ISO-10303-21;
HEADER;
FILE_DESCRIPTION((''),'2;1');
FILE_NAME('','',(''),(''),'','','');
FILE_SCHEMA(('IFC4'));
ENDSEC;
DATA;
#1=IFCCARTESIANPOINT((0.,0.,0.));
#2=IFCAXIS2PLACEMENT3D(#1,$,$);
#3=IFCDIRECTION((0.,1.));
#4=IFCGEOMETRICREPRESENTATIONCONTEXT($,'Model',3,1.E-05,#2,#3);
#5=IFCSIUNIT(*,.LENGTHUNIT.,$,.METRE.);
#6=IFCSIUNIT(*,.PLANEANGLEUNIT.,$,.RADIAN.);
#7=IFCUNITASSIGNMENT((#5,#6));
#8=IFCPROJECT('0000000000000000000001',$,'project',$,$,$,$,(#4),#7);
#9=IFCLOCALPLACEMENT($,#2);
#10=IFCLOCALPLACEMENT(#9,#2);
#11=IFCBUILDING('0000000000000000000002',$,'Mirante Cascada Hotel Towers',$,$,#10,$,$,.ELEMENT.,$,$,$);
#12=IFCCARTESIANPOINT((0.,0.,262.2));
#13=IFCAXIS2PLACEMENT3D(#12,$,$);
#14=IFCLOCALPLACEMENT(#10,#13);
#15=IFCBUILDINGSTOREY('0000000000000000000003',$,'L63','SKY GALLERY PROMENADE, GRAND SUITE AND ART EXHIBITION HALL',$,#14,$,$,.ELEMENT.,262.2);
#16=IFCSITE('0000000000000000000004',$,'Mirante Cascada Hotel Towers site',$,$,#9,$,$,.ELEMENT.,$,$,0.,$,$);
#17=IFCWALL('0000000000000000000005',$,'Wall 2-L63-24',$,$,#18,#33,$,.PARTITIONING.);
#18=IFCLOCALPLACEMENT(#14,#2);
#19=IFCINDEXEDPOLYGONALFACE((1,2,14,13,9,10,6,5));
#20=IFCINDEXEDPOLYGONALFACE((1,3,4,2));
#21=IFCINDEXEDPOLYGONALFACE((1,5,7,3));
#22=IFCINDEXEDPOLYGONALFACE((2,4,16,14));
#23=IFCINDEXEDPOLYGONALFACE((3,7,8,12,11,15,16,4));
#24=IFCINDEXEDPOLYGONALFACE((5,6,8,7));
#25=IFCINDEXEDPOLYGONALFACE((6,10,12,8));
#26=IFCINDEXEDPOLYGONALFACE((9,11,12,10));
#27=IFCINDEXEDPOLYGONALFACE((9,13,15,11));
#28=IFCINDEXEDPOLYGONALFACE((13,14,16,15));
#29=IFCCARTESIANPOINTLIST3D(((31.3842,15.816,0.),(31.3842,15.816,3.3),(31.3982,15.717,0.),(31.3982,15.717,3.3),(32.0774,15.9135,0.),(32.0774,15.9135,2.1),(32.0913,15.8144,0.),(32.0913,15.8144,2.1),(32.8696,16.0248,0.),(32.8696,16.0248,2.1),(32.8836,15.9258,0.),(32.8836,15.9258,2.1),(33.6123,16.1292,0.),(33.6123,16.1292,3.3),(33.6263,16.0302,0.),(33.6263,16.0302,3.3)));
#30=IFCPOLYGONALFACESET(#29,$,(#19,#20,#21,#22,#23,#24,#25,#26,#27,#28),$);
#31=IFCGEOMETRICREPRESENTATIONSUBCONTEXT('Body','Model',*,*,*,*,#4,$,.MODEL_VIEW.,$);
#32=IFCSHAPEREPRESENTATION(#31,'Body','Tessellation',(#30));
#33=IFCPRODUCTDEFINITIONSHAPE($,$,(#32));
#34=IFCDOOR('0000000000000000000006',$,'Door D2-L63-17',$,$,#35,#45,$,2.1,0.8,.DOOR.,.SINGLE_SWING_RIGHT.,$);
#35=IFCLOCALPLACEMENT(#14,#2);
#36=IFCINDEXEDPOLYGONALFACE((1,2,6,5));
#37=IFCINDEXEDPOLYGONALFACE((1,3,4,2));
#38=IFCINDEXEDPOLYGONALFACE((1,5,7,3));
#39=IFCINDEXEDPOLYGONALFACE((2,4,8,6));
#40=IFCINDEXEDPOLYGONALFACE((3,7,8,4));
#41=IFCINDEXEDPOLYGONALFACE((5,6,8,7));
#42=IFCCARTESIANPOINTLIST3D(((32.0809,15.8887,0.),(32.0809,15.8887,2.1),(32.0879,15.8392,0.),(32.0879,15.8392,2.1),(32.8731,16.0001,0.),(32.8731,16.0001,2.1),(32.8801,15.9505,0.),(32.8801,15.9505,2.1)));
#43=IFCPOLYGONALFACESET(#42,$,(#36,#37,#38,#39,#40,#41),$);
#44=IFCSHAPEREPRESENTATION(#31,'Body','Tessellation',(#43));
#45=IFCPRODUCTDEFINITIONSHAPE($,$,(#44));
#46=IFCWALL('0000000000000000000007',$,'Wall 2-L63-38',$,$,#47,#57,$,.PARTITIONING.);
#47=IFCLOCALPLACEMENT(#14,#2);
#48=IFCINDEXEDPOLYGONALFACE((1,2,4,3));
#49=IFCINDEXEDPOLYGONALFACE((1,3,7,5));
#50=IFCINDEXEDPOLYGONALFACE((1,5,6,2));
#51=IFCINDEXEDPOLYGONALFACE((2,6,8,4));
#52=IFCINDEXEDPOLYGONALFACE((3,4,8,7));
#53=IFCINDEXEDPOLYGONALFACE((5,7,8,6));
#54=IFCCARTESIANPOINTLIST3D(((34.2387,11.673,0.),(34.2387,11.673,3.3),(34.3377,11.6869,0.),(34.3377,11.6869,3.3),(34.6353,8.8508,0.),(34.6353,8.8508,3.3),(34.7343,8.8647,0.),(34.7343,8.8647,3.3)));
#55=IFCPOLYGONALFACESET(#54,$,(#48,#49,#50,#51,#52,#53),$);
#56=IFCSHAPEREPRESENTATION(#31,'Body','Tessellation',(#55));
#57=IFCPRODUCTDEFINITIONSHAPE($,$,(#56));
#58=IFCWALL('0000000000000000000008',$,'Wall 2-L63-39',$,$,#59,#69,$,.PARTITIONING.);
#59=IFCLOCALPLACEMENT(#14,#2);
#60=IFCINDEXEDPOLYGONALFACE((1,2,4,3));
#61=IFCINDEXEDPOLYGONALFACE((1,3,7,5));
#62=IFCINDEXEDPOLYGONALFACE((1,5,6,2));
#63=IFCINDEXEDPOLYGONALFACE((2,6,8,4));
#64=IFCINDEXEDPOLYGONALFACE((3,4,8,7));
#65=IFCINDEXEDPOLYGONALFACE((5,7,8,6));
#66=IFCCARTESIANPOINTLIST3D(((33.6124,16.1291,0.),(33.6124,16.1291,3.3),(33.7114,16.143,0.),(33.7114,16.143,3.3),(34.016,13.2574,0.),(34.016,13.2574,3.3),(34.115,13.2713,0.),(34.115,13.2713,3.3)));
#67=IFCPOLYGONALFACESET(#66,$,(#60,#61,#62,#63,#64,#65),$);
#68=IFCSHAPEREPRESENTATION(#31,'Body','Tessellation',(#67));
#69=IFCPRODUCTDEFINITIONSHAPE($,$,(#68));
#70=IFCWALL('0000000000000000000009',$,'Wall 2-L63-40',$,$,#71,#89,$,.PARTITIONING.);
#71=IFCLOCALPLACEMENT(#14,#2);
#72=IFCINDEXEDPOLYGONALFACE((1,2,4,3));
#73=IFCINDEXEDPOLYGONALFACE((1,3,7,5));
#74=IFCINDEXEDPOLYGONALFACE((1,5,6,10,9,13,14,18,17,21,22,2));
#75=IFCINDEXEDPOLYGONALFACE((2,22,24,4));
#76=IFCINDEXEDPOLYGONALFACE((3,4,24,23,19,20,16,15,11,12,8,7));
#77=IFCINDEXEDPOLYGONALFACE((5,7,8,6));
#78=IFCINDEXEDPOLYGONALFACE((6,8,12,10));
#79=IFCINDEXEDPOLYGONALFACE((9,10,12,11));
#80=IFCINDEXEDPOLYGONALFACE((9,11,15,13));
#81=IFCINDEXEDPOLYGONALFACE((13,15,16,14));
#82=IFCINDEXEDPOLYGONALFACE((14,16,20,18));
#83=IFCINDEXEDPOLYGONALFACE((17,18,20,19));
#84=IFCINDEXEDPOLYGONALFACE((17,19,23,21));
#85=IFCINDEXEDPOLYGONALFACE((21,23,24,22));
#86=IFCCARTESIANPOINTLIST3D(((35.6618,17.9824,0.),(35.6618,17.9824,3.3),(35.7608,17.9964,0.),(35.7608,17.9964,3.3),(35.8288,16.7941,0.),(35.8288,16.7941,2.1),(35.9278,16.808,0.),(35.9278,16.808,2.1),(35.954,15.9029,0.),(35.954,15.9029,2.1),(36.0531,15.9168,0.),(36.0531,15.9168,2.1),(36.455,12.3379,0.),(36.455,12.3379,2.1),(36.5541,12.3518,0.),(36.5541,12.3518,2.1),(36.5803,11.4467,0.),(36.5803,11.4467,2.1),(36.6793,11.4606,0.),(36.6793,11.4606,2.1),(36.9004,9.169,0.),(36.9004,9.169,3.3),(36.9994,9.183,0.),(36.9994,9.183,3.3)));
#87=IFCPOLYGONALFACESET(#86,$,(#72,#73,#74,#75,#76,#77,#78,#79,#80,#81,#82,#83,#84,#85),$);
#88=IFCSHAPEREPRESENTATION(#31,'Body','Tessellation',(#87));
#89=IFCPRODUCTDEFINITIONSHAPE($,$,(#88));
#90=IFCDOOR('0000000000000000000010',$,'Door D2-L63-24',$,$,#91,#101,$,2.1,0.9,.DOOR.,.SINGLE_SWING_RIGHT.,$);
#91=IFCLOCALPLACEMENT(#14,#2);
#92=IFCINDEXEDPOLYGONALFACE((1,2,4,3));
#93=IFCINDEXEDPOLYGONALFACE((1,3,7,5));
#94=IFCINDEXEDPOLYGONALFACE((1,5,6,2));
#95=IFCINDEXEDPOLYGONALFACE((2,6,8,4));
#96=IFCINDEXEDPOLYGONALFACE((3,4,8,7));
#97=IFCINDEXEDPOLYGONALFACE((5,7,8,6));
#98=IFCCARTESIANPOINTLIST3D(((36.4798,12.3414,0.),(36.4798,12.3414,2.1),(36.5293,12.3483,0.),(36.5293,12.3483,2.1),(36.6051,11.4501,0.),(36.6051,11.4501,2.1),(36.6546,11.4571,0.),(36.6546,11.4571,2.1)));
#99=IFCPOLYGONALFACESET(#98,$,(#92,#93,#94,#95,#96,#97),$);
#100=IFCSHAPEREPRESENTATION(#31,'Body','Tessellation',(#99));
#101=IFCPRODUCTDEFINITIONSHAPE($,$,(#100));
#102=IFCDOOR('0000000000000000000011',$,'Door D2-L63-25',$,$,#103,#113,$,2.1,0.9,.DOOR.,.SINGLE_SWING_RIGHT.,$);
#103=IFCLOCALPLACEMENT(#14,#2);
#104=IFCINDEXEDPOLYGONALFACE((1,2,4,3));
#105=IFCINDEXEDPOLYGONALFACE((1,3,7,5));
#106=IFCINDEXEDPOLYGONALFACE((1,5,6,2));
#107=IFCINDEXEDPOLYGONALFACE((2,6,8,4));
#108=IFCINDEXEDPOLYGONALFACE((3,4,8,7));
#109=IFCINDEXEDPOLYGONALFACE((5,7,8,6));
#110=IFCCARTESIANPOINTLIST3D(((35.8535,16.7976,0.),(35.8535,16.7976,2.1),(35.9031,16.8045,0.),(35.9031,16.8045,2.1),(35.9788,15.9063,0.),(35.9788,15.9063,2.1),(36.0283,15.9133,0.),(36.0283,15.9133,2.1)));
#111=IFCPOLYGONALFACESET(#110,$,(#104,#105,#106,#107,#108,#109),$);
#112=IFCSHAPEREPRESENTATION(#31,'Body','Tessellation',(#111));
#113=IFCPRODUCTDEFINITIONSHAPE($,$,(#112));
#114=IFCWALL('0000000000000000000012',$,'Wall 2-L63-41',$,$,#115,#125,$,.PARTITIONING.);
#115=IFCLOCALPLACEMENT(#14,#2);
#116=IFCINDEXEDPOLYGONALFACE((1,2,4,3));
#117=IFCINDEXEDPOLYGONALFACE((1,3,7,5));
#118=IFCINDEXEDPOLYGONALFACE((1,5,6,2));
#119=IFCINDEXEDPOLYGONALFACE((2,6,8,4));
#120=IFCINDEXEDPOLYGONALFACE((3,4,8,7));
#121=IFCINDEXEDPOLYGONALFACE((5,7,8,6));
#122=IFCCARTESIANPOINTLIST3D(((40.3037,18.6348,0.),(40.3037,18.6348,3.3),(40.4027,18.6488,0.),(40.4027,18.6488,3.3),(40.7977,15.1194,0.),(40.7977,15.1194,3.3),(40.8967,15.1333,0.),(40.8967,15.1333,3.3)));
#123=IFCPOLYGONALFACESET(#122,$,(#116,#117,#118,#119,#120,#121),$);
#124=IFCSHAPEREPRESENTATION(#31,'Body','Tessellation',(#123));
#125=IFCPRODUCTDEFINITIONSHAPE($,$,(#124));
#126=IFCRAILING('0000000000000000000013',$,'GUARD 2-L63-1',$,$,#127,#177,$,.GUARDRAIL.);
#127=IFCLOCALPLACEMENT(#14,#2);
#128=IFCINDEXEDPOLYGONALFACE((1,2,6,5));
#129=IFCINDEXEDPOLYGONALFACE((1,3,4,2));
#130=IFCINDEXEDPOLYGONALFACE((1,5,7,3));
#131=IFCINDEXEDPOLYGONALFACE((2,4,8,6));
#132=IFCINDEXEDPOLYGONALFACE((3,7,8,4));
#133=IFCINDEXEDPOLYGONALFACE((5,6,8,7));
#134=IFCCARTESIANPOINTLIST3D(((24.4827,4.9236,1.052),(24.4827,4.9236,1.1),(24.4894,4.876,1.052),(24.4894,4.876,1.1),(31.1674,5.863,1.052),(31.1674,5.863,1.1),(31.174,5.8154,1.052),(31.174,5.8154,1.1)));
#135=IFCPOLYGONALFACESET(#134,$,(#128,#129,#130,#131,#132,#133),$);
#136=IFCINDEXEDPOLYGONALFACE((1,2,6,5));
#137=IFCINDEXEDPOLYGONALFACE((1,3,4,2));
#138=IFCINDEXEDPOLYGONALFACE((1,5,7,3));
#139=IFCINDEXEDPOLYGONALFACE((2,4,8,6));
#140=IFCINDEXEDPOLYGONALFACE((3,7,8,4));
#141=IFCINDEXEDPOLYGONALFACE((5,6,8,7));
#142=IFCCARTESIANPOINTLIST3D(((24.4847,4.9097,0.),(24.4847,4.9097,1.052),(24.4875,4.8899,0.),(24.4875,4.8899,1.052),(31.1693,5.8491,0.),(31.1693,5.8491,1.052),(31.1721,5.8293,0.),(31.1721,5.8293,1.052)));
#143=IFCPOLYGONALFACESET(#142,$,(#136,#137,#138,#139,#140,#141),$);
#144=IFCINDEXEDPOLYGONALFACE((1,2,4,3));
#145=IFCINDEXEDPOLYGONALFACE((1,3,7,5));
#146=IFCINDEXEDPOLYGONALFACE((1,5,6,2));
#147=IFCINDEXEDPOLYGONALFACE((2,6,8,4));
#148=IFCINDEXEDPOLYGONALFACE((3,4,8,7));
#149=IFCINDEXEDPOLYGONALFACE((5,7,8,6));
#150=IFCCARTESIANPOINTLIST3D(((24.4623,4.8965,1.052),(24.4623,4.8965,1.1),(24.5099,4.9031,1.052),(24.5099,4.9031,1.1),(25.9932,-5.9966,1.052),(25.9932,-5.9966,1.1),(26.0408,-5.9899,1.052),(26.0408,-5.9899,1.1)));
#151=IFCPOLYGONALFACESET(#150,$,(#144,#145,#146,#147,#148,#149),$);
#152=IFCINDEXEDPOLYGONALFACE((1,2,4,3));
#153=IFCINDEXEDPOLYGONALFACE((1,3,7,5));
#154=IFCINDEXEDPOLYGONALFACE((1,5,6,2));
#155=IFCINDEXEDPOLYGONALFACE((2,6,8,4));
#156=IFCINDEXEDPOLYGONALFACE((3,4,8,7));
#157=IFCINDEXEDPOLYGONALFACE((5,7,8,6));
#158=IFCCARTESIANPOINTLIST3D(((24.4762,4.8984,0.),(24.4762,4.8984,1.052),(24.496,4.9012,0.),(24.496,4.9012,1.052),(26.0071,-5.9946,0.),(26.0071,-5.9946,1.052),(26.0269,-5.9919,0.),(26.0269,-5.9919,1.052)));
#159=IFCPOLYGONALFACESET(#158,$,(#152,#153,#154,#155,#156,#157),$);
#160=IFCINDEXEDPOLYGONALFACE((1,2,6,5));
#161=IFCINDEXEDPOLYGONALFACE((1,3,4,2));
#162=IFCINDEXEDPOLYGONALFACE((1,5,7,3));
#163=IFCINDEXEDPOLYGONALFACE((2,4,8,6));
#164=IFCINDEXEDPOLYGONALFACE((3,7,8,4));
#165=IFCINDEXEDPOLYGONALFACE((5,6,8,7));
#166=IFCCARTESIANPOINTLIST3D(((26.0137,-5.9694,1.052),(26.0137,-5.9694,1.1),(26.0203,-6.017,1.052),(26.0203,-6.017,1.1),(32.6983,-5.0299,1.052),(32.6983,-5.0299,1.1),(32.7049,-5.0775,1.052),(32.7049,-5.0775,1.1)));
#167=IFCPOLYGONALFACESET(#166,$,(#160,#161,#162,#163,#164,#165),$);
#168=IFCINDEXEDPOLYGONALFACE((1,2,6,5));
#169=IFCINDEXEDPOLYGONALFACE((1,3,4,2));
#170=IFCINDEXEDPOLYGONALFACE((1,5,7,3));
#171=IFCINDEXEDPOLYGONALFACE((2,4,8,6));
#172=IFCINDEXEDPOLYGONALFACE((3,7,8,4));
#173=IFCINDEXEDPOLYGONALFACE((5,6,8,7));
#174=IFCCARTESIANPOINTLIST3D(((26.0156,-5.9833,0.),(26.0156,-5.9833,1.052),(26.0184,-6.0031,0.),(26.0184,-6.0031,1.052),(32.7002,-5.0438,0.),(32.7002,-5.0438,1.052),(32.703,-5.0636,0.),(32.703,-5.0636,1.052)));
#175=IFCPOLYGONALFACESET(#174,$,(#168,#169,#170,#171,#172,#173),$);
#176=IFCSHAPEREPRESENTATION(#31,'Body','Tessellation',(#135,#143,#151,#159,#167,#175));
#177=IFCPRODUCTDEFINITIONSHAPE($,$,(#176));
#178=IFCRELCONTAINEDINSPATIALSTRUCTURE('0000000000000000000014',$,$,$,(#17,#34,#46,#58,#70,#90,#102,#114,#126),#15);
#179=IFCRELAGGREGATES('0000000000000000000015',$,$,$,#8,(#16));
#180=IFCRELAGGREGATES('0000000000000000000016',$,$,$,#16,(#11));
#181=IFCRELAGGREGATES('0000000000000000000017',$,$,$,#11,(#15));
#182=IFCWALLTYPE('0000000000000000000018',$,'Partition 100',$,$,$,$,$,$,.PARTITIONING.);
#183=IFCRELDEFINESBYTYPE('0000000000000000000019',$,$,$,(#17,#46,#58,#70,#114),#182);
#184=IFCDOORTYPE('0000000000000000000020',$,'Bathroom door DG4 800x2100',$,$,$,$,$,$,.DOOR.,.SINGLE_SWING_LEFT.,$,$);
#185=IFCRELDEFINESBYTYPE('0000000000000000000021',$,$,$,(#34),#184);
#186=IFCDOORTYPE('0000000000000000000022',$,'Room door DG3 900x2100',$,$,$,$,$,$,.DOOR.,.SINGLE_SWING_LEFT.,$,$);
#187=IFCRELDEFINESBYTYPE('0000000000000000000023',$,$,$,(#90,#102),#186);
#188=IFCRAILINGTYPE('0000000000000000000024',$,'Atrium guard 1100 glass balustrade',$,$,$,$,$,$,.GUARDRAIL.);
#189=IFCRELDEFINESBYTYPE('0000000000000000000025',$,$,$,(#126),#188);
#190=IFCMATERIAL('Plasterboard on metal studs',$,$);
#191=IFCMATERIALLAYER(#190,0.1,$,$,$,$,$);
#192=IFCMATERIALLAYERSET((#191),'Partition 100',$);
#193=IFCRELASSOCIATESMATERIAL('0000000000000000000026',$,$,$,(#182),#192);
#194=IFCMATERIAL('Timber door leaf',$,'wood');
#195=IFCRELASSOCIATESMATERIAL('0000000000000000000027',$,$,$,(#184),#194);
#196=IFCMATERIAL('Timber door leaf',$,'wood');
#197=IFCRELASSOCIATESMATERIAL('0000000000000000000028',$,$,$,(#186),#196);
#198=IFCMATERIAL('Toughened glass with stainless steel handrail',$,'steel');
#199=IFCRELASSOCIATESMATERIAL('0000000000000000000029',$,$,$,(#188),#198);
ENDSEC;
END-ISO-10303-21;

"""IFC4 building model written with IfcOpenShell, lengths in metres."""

from ifc_helpers import new_model, si_unit, direction, frame, frame_2d, origin, origin_2d, place, context, subcontext, project, spatial, rectangle, extrude, material, layer, layer_set, type_object, element, fill, save


model = new_model("IFC4")

# Units and contexts
model_context = context("Model", 3, precision=1e-05, world=origin(), true_north=direction((0.0, 1.0)))
body_context = subcontext(model_context, "Body", "Model", "MODEL_VIEW")
ifc_project = project(units=[si_unit("LENGTHUNIT", "METRE"), si_unit("PLANEANGLEUNIT", "RADIAN")], contexts=[model_context])

# Site, building, storey
site_placement = place(None, origin())
site = spatial("IfcSite", under=ifc_project, at=site_placement, Name="Mirante Cascada Hotel Towers site", CompositionType="ELEMENT", RefElevation=0.0)
building_placement = place(site_placement, origin())
building = spatial("IfcBuilding", under=site, at=building_placement, Name="Mirante Cascada Hotel Towers", CompositionType="ELEMENT")
storey_placement = place(building_placement, frame((0.0, 0.0, 262.2)))
storey = spatial("IfcBuildingStorey", under=building, at=storey_placement, Name="L63", Description="SKY GALLERY PROMENADE, GRAND SUITE AND ART EXHIBITION HALL", CompositionType="ELEMENT", Elevation=262.2)

# Shared definitions
ifc_material_1 = material(Name="Plasterboard on metal studs")
ifc_layer_1 = layer(ifc_material_1, 0.1)
ifc_layer_set_1 = layer_set([ifc_layer_1], Name="Partition 100")
wall_type_1 = type_object("IfcWallType", Name="Partition 100", PredefinedType="PARTITIONING", material=ifc_layer_set_1)
ifc_material_2 = material(Name="Timber door leaf", Category="wood")
door_type_1 = type_object("IfcDoorType", Name="Bathroom door DG4 800x2100", OperationType="SINGLE_SWING_LEFT", PredefinedType="DOOR", material=ifc_material_2)

# Wall, opening, door
wall_1_placement = place(storey_placement, frame((31.3912, 15.7665, 0.0), z_axis=(0.0, 0.0, 1.0), x_axis=(0.990264, 0.1392, 0.0)))
wall_1 = element("IfcWall", 1, at=wall_1_placement, inside=storey, type_object=wall_type_1, Name="Wall 2-L63-24", PredefinedType="PARTITIONING", context=body_context, shape_type="SweptSolid", body=[
    extrude(rectangle(XDim=2.25, YDim=0.1, at=frame_2d((1.125, 0.0))), origin(), (0.0, 0.0, 1.0), 3.3),
])
opening_1_placement = place(wall_1_placement, frame((0.7, 0.0, 0.0)))
opening_1 = element("IfcOpeningElement", 2, at=opening_1_placement, cuts=wall_1, PredefinedType="OPENING", context=body_context, shape_type="SweptSolid", body=[
    extrude(rectangle(XDim=0.8, YDim=2.1, at=frame_2d((0.4, 1.05))), frame((0.0, 0.05, 0.0), z_axis=(0.0, -1.0, 0.0), x_axis=(1.0, 0.0, 0.0)), (0.0, 0.0, 1.0), 0.1),
])
door_1_placement = place(opening_1_placement, frame((0.8, 0.0, 0.0), z_axis=(0.0, 0.0, 1.0), x_axis=(-1.0, 0.0, 0.0)))
door_1 = element("IfcDoor", 3, at=door_1_placement, inside=storey, type_object=door_type_1, Name="Door D2-L63-17", OperationType="SINGLE_SWING_RIGHT", OverallHeight=2.1, OverallWidth=0.8, PredefinedType="DOOR", context=body_context, shape_type="SweptSolid", body=[
    extrude(rectangle(XDim=0.8, YDim=2.1, at=frame_2d((0.4, 1.05))), frame((0.0, 0.025, 0.0), z_axis=(0.0, -1.0, 0.0), x_axis=(1.0, 0.0, 0.0)), (0.0, 0.0, 1.0), 0.05),
])
fill(opening_1, door_1)

# Walls
wall_2_placement = place(storey_placement, frame((34.6848, 8.8577, 0.0), z_axis=(0.0, 0.0, 1.0), x_axis=(-0.139161, 0.99027, 0.0)))
element("IfcWall", 4, at=wall_2_placement, inside=storey, type_object=wall_type_1, Name="Wall 2-L63-38", PredefinedType="PARTITIONING", context=body_context, shape_type="SweptSolid", body=[
    extrude(rectangle(XDim=2.8499, YDim=0.1, at=frame_2d((1.425, 0.0))), origin(), (0.0, 0.0, 1.0), 3.3),
])
wall_3_placement = place(storey_placement, frame((33.6619, 16.1361, 0.0), z_axis=(0.0, 0.0, 1.0), x_axis=(0.139176, -0.990268, 0.0)))
element("IfcWall", 5, at=wall_3_placement, inside=storey, type_object=wall_type_1, Name="Wall 2-L63-39", PredefinedType="PARTITIONING", context=body_context, shape_type="SweptSolid", body=[
    extrude(rectangle(XDim=2.8999, YDim=0.1, at=frame_2d((1.45, 0.0))), origin(), (0.0, 0.0, 1.0), 3.3),
])

# Wall, openings, doors
wall_4_placement = place(storey_placement, frame((36.9499, 9.176, 0.0), z_axis=(0.0, 0.0, 1.0), x_axis=(-0.139168, 0.990269, 0.0)))
wall_4 = element("IfcWall", 6, at=wall_4_placement, inside=storey, type_object=wall_type_1, Name="Wall 2-L63-40", PredefinedType="PARTITIONING", context=body_context, shape_type="SweptSolid", body=[
    extrude(rectangle(XDim=8.9, YDim=0.1, at=frame_2d((4.45, 0.0))), origin(), (0.0, 0.0, 1.0), 3.3),
])
opening_2_placement = place(wall_4_placement, frame((2.3, 0.0, 0.0)))
opening_2 = element("IfcOpeningElement", 7, at=opening_2_placement, cuts=wall_4, PredefinedType="OPENING", context=body_context, shape_type="SweptSolid", body=[
    extrude(rectangle(XDim=0.9, YDim=2.1, at=frame_2d((0.45, 1.05))), frame((0.0, 0.05, 0.0), z_axis=(0.0, -1.0, 0.0), x_axis=(1.0, 0.0, 0.0)), (0.0, 0.0, 1.0), 0.1),
])
opening_3_placement = place(wall_4_placement, frame((6.8, 0.0, 0.0)))
opening_3 = element("IfcOpeningElement", 8, at=opening_3_placement, cuts=wall_4, PredefinedType="OPENING", context=body_context, shape_type="SweptSolid", body=[
    extrude(rectangle(XDim=0.9, YDim=2.1, at=frame_2d((0.45, 1.05))), frame((0.0, 0.05, 0.0), z_axis=(0.0, -1.0, 0.0), x_axis=(1.0, 0.0, 0.0)), (0.0, 0.0, 1.0), 0.1),
])
ifc_material_3 = material(Name="Timber door leaf", Category="wood")
door_type_2 = type_object("IfcDoorType", Name="Room door DG3 900x2100", OperationType="SINGLE_SWING_LEFT", PredefinedType="DOOR", material=ifc_material_3)
door_2_placement = place(opening_2_placement, frame((0.9, 0.0, 0.0), z_axis=(0.0, 0.0, 1.0), x_axis=(-1.0, 0.0, 0.0)))
door_2 = element("IfcDoor", 9, at=door_2_placement, inside=storey, type_object=door_type_2, Name="Door D2-L63-24", OperationType="SINGLE_SWING_RIGHT", OverallHeight=2.1, OverallWidth=0.9, PredefinedType="DOOR", context=body_context, shape_type="SweptSolid", body=[
    extrude(rectangle(XDim=0.9, YDim=2.1, at=frame_2d((0.45, 1.05))), frame((0.0, 0.025, 0.0), z_axis=(0.0, -1.0, 0.0), x_axis=(1.0, 0.0, 0.0)), (0.0, 0.0, 1.0), 0.05),
])
fill(opening_2, door_2)
door_3_placement = place(opening_3_placement, frame((0.9, 0.0, 0.0), z_axis=(0.0, 0.0, 1.0), x_axis=(-1.0, 0.0, 0.0)))
door_3 = element("IfcDoor", 10, at=door_3_placement, inside=storey, type_object=door_type_2, Name="Door D2-L63-25", OperationType="SINGLE_SWING_RIGHT", OverallHeight=2.1, OverallWidth=0.9, PredefinedType="DOOR", context=body_context, shape_type="SweptSolid", body=[
    extrude(rectangle(XDim=0.9, YDim=2.1, at=frame_2d((0.45, 1.05))), frame((0.0, 0.025, 0.0), z_axis=(0.0, -1.0, 0.0), x_axis=(1.0, 0.0, 0.0)), (0.0, 0.0, 1.0), 0.05),
])
fill(opening_3, door_3)

# Wall
wall_5_placement = place(storey_placement, frame((40.3532, 18.6418, 0.0), z_axis=(0.0, 0.0, 1.0), x_axis=(0.139153, -0.990271, 0.0)))
element("IfcWall", 11, at=wall_5_placement, inside=storey, type_object=wall_type_1, Name="Wall 2-L63-41", PredefinedType="PARTITIONING", context=body_context, shape_type="SweptSolid", body=[
    extrude(rectangle(XDim=3.55, YDim=0.1, at=frame_2d((1.775, 0.0))), origin(), (0.0, 0.0, 1.0), 3.3),
])

# Railing
ifc_material_4 = material(Name="Toughened glass with stainless steel handrail", Category="steel")
railing_type = type_object("IfcRailingType", Name="Atrium guard 1100 glass balustrade", PredefinedType="GUARDRAIL", material=ifc_material_4)
railing_1_placement = place(storey_placement, frame((31.1707, 5.8392, 0.0)))
element("IfcRailing", 12, at=railing_1_placement, inside=storey, type_object=railing_type, Name="GUARD 2-L63-1", PredefinedType="GUARDRAIL", context=body_context, shape_type="SweptSolid", body=[
    extrude(rectangle(XDim=0.048, YDim=0.048, at=origin_2d()), frame((0.0, 0.0, 1.076), z_axis=(-0.990269, -0.139164, 0.0), x_axis=(0.139164, -0.990269, 0.0)), (0.0, 0.0, 1.0), 6.7503),
    extrude(rectangle(XDim=0.02, YDim=1.052, at=origin_2d()), frame((0.0, 0.0, 0.526), z_axis=(-0.990269, -0.139164, 0.0), x_axis=(0.139164, -0.990269, 0.0)), (0.0, 0.0, 1.0), 6.7503),
    extrude(rectangle(XDim=0.048, YDim=0.048, at=origin_2d()), frame((-6.6846, -0.9394, 1.076), z_axis=(0.139172, -0.990268, 0.0), x_axis=(0.990268, 0.139172, 0.0)), (0.0, 0.0, 1.0), 11.0001),
    extrude(rectangle(XDim=0.02, YDim=1.052, at=origin_2d()), frame((-6.6846, -0.9394, 0.526), z_axis=(0.139172, -0.990268, 0.0), x_axis=(0.990268, 0.139172, 0.0)), (0.0, 0.0, 1.0), 11.0001),
    extrude(rectangle(XDim=0.048, YDim=0.048, at=origin_2d()), frame((-5.1537, -11.8324, 1.076), z_axis=(0.990267, 0.139179, 0.0), x_axis=(-0.139179, 0.990267, 0.0)), (0.0, 0.0, 1.0), 6.7503),
    extrude(rectangle(XDim=0.02, YDim=1.052, at=origin_2d()), frame((-5.1537, -11.8324, 0.526), z_axis=(0.990267, 0.139179, 0.0), x_axis=(-0.139179, 0.990267, 0.0)), (0.0, 0.0, 1.0), 6.7503),
])

save(model, "model.ifc")
